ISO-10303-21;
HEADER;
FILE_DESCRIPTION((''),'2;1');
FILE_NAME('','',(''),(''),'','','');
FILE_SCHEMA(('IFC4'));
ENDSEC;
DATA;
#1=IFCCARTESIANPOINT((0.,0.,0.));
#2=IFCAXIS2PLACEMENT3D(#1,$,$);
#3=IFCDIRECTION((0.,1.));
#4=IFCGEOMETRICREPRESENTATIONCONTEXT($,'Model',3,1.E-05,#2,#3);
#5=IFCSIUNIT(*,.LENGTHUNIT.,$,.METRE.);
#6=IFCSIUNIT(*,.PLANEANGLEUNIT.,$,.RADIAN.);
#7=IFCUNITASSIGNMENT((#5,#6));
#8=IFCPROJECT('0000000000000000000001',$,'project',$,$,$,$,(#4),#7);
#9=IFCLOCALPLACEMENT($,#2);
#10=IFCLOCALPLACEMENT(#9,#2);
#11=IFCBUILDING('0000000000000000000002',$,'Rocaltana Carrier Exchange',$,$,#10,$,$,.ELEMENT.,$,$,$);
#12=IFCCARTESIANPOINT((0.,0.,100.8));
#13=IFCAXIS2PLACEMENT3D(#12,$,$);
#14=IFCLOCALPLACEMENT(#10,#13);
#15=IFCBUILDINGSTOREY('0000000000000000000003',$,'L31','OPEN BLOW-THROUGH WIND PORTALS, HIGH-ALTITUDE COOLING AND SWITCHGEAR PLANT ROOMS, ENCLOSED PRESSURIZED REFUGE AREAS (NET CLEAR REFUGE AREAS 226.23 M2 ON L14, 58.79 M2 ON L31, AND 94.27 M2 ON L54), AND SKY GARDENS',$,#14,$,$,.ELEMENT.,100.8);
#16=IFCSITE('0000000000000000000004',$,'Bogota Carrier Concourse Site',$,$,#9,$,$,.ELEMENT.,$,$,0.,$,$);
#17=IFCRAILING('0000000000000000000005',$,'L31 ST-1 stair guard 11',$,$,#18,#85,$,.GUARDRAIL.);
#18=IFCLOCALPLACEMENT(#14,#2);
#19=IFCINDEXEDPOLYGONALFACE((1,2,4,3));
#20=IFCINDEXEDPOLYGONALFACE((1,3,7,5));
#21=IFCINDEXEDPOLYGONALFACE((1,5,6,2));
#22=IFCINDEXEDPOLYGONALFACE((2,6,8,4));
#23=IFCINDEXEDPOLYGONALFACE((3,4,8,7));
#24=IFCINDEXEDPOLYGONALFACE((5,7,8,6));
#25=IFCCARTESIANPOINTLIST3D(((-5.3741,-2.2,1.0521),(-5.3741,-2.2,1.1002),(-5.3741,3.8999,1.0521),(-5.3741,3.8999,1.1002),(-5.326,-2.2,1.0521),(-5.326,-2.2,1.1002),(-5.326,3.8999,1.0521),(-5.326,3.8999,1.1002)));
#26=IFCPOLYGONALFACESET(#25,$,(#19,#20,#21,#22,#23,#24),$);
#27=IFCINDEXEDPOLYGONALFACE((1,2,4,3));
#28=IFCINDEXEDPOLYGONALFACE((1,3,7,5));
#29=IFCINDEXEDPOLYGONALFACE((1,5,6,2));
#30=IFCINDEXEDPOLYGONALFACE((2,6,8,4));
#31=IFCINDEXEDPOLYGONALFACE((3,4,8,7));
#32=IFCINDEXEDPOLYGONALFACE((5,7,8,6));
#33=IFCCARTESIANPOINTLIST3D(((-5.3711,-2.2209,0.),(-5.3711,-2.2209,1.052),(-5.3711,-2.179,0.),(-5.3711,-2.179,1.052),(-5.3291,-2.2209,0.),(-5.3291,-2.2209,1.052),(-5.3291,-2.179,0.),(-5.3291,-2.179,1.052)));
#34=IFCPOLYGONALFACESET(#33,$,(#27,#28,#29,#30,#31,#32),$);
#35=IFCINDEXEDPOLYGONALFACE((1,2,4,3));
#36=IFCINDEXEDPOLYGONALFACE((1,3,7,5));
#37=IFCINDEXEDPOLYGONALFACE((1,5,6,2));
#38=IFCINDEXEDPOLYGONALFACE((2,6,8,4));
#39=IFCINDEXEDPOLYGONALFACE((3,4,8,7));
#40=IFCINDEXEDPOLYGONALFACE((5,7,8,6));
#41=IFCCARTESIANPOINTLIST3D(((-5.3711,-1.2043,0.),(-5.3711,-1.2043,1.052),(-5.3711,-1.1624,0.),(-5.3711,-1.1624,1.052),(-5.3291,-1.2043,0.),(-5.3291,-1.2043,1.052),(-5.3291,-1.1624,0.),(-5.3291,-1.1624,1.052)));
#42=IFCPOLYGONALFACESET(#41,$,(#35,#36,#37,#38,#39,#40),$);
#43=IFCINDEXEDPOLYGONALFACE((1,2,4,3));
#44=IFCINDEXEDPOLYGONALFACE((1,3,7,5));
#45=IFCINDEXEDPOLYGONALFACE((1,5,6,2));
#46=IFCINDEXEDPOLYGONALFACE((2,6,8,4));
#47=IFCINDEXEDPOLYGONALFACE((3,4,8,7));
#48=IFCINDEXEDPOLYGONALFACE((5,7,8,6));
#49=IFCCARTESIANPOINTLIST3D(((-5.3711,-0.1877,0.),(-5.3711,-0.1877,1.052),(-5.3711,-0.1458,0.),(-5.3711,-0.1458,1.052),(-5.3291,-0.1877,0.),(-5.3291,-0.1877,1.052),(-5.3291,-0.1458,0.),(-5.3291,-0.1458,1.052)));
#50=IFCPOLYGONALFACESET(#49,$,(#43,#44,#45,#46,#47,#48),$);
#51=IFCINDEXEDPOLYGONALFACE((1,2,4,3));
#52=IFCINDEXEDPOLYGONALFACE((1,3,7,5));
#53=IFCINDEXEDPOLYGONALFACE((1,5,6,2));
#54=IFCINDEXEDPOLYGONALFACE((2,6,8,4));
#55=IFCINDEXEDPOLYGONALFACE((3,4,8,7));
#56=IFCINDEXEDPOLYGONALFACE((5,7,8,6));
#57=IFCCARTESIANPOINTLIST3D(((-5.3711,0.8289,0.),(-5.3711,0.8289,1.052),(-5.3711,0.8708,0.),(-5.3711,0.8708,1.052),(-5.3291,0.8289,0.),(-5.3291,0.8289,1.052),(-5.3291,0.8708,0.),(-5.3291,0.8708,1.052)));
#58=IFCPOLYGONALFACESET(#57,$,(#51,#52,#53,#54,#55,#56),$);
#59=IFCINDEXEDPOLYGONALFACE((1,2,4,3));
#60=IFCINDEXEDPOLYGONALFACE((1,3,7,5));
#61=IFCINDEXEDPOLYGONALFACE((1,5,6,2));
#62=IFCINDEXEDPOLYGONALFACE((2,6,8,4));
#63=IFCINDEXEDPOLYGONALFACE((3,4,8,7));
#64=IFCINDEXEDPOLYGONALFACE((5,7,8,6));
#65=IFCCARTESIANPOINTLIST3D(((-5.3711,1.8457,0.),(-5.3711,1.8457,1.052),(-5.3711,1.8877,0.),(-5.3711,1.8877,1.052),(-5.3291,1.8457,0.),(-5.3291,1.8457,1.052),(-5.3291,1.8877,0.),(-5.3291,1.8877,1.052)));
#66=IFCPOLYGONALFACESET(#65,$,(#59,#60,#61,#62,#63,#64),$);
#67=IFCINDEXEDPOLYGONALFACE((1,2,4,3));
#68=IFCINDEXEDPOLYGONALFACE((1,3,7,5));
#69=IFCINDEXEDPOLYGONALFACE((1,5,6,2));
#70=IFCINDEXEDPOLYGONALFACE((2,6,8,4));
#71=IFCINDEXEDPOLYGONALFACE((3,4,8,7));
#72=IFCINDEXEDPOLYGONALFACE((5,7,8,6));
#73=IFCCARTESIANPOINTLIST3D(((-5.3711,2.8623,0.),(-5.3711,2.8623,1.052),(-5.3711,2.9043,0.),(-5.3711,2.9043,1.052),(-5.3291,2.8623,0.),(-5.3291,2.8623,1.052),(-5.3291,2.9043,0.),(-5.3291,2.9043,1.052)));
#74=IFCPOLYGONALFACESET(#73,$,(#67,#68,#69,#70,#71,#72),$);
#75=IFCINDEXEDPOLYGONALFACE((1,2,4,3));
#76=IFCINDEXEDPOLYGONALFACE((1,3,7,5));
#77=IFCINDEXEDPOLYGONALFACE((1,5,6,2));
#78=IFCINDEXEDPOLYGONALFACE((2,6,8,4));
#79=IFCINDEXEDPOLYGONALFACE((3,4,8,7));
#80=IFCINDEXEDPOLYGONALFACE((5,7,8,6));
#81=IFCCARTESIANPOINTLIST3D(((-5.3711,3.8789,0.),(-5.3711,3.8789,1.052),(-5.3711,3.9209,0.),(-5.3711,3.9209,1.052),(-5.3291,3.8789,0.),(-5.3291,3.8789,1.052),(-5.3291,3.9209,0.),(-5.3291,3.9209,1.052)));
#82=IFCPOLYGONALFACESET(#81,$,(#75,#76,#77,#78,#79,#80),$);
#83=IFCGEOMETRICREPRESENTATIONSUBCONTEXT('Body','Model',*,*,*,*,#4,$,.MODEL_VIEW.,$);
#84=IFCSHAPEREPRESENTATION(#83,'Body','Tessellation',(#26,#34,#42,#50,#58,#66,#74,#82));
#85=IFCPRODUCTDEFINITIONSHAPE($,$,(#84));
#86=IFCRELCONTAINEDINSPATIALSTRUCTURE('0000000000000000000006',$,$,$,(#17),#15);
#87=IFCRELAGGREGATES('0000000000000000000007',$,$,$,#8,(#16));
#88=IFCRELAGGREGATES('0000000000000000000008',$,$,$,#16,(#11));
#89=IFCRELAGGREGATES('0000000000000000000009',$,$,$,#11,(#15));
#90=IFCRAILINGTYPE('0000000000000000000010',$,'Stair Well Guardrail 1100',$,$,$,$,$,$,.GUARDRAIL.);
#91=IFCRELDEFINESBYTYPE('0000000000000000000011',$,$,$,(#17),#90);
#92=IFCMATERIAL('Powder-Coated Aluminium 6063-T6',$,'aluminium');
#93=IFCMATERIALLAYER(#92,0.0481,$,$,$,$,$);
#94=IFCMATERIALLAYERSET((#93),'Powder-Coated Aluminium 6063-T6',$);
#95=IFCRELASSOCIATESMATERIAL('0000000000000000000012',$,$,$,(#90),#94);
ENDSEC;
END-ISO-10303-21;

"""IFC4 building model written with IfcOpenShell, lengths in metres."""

from ifc_helpers import new_model, si_unit, direction, frame, origin, origin_2d, place, context, subcontext, project, spatial, rectangle, extrude, material, layer, layer_set, type_object, element, save


model = new_model("IFC4")

# Units and contexts
model_context = context("Model", 3, precision=1e-05, world=origin(), true_north=direction((0.0, 1.0)))
body_context = subcontext(model_context, "Body", "Model", "MODEL_VIEW")
ifc_project = project(units=[si_unit("LENGTHUNIT", "METRE"), si_unit("PLANEANGLEUNIT", "RADIAN")], contexts=[model_context])

# Site, building, storey
site_placement = place(None, origin())
site = spatial("IfcSite", under=ifc_project, at=site_placement, Name="Bogota Carrier Concourse Site", CompositionType="ELEMENT", RefElevation=0.0)
building_placement = place(site_placement, origin())
building = spatial("IfcBuilding", under=site, at=building_placement, Name="Rocaltana Carrier Exchange", CompositionType="ELEMENT")
storey_placement = place(building_placement, frame((0.0, 0.0, 100.8)))
storey = spatial("IfcBuildingStorey", under=building, at=storey_placement, Name="L31", Description="OPEN BLOW-THROUGH WIND PORTALS, HIGH-ALTITUDE COOLING AND SWITCHGEAR PLANT ROOMS, ENCLOSED PRESSURIZED REFUGE AREAS (NET CLEAR REFUGE AREAS 226.23 M2 ON L14, 58.79 M2 ON L31, AND 94.27 M2 ON L54), AND SKY GARDENS", CompositionType="ELEMENT", Elevation=100.8)

# Railing
ifc_material_1 = material(Name="Powder-Coated Aluminium 6063-T6", Category="aluminium")
ifc_layer_1 = layer(ifc_material_1, 0.0481)
ifc_layer_set_1 = layer_set([ifc_layer_1], Name="Powder-Coated Aluminium 6063-T6")
railing_type_1 = type_object("IfcRailingType", Name="Stair Well Guardrail 1100", PredefinedType="GUARDRAIL", material=ifc_layer_set_1)
railing_1_placement = place(storey_placement, frame((-5.3501, -2.2, 0.0)))
element("IfcRailing", 1, at=railing_1_placement, inside=storey, type_object=railing_type_1, Name="L31 ST-1 stair guard 11", PredefinedType="GUARDRAIL", context=body_context, shape_type="SweptSolid", body=[
    extrude(rectangle(XDim=0.0481, YDim=0.0481, at=origin_2d()), frame((0.0, 0.0, 1.0762), z_axis=(0.0, 1.0, 0.0), x_axis=(-1.0, 0.0, 0.0)), (0.0, 0.0, 1.0), 6.0999),
    extrude(rectangle(XDim=0.042, YDim=0.042, at=origin_2d()), origin(), (0.0, 0.0, 1.0), 1.052),
    extrude(rectangle(XDim=0.042, YDim=0.042, at=origin_2d()), frame((0.0, 1.0166, 0.0)), (0.0, 0.0, 1.0), 1.052),
    extrude(rectangle(XDim=0.042, YDim=0.042, at=origin_2d()), frame((0.0, 2.0332, 0.0)), (0.0, 0.0, 1.0), 1.052),
    extrude(rectangle(XDim=0.042, YDim=0.042, at=origin_2d()), frame((0.0, 3.0498, 0.0)), (0.0, 0.0, 1.0), 1.052),
    extrude(rectangle(XDim=0.042, YDim=0.042, at=origin_2d()), frame((0.0, 4.0667, 0.0)), (0.0, 0.0, 1.0), 1.052),
    extrude(rectangle(XDim=0.042, YDim=0.042, at=origin_2d()), frame((0.0, 5.0833, 0.0)), (0.0, 0.0, 1.0), 1.052),
    extrude(rectangle(XDim=0.042, YDim=0.042, at=origin_2d()), frame((0.0, 6.0999, 0.0)), (0.0, 0.0, 1.0), 1.052),
])

save(model, "model.ifc")
